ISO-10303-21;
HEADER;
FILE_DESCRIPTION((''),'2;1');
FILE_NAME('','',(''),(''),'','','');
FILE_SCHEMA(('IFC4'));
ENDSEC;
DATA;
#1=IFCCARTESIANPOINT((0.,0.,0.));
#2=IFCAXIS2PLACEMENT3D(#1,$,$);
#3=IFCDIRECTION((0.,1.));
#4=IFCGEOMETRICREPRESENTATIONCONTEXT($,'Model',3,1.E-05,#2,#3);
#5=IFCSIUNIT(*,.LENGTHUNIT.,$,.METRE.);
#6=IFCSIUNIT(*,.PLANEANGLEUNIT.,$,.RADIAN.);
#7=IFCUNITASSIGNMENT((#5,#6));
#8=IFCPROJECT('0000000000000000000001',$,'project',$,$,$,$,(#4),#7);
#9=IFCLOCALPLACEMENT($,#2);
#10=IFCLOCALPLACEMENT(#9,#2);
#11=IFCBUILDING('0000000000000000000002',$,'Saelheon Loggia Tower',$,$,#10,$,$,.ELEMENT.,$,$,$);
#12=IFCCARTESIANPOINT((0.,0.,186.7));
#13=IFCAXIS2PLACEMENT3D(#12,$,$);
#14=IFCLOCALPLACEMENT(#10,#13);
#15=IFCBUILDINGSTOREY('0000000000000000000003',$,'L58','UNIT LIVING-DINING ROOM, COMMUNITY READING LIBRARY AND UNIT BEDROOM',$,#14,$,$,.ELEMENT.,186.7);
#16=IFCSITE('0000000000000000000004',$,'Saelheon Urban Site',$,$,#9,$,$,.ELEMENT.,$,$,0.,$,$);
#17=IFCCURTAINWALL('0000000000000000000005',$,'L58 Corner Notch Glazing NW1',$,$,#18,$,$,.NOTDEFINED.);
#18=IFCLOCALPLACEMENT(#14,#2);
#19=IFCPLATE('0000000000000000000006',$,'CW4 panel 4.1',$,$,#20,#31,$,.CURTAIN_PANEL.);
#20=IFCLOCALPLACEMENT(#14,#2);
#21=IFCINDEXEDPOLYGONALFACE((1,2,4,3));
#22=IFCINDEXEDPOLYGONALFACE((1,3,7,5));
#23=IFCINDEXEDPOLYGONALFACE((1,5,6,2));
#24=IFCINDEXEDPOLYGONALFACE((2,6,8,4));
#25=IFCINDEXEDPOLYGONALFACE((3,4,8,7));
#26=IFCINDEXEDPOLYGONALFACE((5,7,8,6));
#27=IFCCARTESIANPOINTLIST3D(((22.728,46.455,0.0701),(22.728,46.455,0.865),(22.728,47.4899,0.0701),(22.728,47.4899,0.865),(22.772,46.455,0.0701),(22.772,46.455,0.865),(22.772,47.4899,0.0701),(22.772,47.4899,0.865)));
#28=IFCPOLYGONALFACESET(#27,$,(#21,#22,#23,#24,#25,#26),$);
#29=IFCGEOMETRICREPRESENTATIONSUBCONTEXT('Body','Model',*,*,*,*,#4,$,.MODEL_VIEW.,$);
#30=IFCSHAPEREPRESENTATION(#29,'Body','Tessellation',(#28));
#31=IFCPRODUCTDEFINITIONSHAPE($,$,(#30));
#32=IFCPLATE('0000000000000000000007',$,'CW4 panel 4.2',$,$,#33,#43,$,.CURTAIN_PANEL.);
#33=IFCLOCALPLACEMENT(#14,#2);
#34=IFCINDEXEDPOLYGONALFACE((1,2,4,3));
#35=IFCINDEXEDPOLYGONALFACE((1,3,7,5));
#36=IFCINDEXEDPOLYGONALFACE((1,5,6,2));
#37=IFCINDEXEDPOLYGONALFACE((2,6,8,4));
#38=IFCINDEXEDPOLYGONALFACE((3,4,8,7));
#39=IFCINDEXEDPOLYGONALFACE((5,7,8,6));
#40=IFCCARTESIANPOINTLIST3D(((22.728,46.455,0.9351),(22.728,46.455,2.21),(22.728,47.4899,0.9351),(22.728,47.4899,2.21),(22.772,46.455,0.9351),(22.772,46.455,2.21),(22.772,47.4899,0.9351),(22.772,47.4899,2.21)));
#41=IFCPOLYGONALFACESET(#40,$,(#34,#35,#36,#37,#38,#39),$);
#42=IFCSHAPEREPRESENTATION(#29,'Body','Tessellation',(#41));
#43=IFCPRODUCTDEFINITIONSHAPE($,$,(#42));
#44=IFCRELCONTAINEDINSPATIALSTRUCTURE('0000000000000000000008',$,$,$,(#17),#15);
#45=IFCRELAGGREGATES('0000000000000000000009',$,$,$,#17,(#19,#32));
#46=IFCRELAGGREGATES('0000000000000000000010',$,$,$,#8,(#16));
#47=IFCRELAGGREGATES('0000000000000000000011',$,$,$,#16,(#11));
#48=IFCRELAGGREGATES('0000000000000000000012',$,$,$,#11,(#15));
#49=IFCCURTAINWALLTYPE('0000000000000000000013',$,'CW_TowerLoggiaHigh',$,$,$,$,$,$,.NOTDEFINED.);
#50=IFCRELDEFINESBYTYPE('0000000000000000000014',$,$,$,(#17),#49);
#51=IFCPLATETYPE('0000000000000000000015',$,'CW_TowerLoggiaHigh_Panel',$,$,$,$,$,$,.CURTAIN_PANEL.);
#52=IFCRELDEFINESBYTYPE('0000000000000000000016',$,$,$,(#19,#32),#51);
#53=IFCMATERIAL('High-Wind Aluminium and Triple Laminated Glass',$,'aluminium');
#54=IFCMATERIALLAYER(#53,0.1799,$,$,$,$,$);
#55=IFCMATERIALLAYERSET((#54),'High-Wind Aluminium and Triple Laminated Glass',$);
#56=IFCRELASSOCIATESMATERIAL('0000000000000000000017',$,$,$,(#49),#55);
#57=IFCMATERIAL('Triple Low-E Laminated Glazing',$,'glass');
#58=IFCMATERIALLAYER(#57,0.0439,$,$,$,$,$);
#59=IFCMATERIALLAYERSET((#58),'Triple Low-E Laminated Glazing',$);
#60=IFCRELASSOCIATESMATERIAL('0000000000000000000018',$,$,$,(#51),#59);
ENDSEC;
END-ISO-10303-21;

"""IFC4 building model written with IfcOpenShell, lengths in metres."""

from ifc_helpers import new_model, si_unit, direction, frame, origin, origin_2d, place, context, subcontext, project, spatial, rectangle, extrude, source, transform, mapped, material, layer, layer_set, type_object, element, aggregate, save


model = new_model("IFC4")

# Units and contexts
model_context = context("Model", 3, precision=1e-05, world=origin(), true_north=direction((0.0, 1.0)))
body_context = subcontext(model_context, "Body", "Model", "MODEL_VIEW")
ifc_project = project(units=[si_unit("LENGTHUNIT", "METRE"), si_unit("PLANEANGLEUNIT", "RADIAN")], contexts=[model_context])

# Site, building, storey
site_placement = place(None, origin())
site = spatial("IfcSite", under=ifc_project, at=site_placement, Name="Saelheon Urban Site", CompositionType="ELEMENT", RefElevation=0.0)
building_placement = place(site_placement, origin())
building = spatial("IfcBuilding", under=site, at=building_placement, Name="Saelheon Loggia Tower", CompositionType="ELEMENT")
storey_placement = place(building_placement, frame((0.0, 0.0, 186.7)))
storey = spatial("IfcBuildingStorey", under=building, at=storey_placement, Name="L58", Description="UNIT LIVING-DINING ROOM, COMMUNITY READING LIBRARY AND UNIT BEDROOM", CompositionType="ELEMENT", Elevation=186.7)

# Curtain wall, plates
ifc_material_1 = material(Name="High-Wind Aluminium and Triple Laminated Glass", Category="aluminium")
ifc_layer_1 = layer(ifc_material_1, 0.1799)
ifc_layer_set_1 = layer_set([ifc_layer_1], Name="High-Wind Aluminium and Triple Laminated Glass")
curtain_wall_type = type_object("IfcCurtainWallType", Name="CW_TowerLoggiaHigh", PredefinedType="NOTDEFINED", material=ifc_layer_set_1)
curtain_wall_placement = place(storey_placement, origin())
curtain_wall = element("IfcCurtainWall", 1, at=curtain_wall_placement, inside=storey, type_object=curtain_wall_type, Name="L58 Corner Notch Glazing NW1", PredefinedType="NOTDEFINED")
ifc_material_2 = material(Name="Triple Low-E Laminated Glazing", Category="glass")
ifc_layer_2 = layer(ifc_material_2, 0.0439)
ifc_layer_set_2 = layer_set([ifc_layer_2], Name="Triple Low-E Laminated Glazing")
plate_type = type_object("IfcPlateType", Name="CW_TowerLoggiaHigh_Panel", PredefinedType="CURTAIN_PANEL", material=ifc_layer_set_2)
shared_shape_1 = source(origin(), body_context, "Body", "SweptSolid", [
    extrude(rectangle(XDim=1.0349, YDim=0.0439, at=origin_2d()), origin(), (0.0, 0.0, 1.0), 0.7949),
])
plate_1_placement = place(storey_placement, frame((22.75, 46.9724, 0.0701), z_axis=(0.0, 0.0, 1.0), x_axis=(0.0, 1.0, 0.0)))
plate_1 = element("IfcPlate", 2, at=plate_1_placement, type_object=plate_type, Name="CW4 panel 4.1", PredefinedType="CURTAIN_PANEL", context=body_context, shape_type="MappedRepresentation", body=[
    mapped(shared_shape_1, transform((0.0, 0.0, 0.0), scale=1.0)),
])
shared_shape_2 = source(origin(), body_context, "Body", "SweptSolid", [
    extrude(rectangle(XDim=1.0349, YDim=0.0439, at=origin_2d()), origin(), (0.0, 0.0, 1.0), 1.2749),
])
plate_2_placement = place(storey_placement, frame((22.75, 46.9724, 0.9351), z_axis=(0.0, 0.0, 1.0), x_axis=(0.0, 1.0, 0.0)))
plate_2 = element("IfcPlate", 3, at=plate_2_placement, type_object=plate_type, Name="CW4 panel 4.2", PredefinedType="CURTAIN_PANEL", context=body_context, shape_type="MappedRepresentation", body=[
    mapped(shared_shape_2, transform((0.0, 0.0, 0.0), scale=1.0)),
])
aggregate(curtain_wall, [plate_1, plate_2])

save(model, "model.ifc")
